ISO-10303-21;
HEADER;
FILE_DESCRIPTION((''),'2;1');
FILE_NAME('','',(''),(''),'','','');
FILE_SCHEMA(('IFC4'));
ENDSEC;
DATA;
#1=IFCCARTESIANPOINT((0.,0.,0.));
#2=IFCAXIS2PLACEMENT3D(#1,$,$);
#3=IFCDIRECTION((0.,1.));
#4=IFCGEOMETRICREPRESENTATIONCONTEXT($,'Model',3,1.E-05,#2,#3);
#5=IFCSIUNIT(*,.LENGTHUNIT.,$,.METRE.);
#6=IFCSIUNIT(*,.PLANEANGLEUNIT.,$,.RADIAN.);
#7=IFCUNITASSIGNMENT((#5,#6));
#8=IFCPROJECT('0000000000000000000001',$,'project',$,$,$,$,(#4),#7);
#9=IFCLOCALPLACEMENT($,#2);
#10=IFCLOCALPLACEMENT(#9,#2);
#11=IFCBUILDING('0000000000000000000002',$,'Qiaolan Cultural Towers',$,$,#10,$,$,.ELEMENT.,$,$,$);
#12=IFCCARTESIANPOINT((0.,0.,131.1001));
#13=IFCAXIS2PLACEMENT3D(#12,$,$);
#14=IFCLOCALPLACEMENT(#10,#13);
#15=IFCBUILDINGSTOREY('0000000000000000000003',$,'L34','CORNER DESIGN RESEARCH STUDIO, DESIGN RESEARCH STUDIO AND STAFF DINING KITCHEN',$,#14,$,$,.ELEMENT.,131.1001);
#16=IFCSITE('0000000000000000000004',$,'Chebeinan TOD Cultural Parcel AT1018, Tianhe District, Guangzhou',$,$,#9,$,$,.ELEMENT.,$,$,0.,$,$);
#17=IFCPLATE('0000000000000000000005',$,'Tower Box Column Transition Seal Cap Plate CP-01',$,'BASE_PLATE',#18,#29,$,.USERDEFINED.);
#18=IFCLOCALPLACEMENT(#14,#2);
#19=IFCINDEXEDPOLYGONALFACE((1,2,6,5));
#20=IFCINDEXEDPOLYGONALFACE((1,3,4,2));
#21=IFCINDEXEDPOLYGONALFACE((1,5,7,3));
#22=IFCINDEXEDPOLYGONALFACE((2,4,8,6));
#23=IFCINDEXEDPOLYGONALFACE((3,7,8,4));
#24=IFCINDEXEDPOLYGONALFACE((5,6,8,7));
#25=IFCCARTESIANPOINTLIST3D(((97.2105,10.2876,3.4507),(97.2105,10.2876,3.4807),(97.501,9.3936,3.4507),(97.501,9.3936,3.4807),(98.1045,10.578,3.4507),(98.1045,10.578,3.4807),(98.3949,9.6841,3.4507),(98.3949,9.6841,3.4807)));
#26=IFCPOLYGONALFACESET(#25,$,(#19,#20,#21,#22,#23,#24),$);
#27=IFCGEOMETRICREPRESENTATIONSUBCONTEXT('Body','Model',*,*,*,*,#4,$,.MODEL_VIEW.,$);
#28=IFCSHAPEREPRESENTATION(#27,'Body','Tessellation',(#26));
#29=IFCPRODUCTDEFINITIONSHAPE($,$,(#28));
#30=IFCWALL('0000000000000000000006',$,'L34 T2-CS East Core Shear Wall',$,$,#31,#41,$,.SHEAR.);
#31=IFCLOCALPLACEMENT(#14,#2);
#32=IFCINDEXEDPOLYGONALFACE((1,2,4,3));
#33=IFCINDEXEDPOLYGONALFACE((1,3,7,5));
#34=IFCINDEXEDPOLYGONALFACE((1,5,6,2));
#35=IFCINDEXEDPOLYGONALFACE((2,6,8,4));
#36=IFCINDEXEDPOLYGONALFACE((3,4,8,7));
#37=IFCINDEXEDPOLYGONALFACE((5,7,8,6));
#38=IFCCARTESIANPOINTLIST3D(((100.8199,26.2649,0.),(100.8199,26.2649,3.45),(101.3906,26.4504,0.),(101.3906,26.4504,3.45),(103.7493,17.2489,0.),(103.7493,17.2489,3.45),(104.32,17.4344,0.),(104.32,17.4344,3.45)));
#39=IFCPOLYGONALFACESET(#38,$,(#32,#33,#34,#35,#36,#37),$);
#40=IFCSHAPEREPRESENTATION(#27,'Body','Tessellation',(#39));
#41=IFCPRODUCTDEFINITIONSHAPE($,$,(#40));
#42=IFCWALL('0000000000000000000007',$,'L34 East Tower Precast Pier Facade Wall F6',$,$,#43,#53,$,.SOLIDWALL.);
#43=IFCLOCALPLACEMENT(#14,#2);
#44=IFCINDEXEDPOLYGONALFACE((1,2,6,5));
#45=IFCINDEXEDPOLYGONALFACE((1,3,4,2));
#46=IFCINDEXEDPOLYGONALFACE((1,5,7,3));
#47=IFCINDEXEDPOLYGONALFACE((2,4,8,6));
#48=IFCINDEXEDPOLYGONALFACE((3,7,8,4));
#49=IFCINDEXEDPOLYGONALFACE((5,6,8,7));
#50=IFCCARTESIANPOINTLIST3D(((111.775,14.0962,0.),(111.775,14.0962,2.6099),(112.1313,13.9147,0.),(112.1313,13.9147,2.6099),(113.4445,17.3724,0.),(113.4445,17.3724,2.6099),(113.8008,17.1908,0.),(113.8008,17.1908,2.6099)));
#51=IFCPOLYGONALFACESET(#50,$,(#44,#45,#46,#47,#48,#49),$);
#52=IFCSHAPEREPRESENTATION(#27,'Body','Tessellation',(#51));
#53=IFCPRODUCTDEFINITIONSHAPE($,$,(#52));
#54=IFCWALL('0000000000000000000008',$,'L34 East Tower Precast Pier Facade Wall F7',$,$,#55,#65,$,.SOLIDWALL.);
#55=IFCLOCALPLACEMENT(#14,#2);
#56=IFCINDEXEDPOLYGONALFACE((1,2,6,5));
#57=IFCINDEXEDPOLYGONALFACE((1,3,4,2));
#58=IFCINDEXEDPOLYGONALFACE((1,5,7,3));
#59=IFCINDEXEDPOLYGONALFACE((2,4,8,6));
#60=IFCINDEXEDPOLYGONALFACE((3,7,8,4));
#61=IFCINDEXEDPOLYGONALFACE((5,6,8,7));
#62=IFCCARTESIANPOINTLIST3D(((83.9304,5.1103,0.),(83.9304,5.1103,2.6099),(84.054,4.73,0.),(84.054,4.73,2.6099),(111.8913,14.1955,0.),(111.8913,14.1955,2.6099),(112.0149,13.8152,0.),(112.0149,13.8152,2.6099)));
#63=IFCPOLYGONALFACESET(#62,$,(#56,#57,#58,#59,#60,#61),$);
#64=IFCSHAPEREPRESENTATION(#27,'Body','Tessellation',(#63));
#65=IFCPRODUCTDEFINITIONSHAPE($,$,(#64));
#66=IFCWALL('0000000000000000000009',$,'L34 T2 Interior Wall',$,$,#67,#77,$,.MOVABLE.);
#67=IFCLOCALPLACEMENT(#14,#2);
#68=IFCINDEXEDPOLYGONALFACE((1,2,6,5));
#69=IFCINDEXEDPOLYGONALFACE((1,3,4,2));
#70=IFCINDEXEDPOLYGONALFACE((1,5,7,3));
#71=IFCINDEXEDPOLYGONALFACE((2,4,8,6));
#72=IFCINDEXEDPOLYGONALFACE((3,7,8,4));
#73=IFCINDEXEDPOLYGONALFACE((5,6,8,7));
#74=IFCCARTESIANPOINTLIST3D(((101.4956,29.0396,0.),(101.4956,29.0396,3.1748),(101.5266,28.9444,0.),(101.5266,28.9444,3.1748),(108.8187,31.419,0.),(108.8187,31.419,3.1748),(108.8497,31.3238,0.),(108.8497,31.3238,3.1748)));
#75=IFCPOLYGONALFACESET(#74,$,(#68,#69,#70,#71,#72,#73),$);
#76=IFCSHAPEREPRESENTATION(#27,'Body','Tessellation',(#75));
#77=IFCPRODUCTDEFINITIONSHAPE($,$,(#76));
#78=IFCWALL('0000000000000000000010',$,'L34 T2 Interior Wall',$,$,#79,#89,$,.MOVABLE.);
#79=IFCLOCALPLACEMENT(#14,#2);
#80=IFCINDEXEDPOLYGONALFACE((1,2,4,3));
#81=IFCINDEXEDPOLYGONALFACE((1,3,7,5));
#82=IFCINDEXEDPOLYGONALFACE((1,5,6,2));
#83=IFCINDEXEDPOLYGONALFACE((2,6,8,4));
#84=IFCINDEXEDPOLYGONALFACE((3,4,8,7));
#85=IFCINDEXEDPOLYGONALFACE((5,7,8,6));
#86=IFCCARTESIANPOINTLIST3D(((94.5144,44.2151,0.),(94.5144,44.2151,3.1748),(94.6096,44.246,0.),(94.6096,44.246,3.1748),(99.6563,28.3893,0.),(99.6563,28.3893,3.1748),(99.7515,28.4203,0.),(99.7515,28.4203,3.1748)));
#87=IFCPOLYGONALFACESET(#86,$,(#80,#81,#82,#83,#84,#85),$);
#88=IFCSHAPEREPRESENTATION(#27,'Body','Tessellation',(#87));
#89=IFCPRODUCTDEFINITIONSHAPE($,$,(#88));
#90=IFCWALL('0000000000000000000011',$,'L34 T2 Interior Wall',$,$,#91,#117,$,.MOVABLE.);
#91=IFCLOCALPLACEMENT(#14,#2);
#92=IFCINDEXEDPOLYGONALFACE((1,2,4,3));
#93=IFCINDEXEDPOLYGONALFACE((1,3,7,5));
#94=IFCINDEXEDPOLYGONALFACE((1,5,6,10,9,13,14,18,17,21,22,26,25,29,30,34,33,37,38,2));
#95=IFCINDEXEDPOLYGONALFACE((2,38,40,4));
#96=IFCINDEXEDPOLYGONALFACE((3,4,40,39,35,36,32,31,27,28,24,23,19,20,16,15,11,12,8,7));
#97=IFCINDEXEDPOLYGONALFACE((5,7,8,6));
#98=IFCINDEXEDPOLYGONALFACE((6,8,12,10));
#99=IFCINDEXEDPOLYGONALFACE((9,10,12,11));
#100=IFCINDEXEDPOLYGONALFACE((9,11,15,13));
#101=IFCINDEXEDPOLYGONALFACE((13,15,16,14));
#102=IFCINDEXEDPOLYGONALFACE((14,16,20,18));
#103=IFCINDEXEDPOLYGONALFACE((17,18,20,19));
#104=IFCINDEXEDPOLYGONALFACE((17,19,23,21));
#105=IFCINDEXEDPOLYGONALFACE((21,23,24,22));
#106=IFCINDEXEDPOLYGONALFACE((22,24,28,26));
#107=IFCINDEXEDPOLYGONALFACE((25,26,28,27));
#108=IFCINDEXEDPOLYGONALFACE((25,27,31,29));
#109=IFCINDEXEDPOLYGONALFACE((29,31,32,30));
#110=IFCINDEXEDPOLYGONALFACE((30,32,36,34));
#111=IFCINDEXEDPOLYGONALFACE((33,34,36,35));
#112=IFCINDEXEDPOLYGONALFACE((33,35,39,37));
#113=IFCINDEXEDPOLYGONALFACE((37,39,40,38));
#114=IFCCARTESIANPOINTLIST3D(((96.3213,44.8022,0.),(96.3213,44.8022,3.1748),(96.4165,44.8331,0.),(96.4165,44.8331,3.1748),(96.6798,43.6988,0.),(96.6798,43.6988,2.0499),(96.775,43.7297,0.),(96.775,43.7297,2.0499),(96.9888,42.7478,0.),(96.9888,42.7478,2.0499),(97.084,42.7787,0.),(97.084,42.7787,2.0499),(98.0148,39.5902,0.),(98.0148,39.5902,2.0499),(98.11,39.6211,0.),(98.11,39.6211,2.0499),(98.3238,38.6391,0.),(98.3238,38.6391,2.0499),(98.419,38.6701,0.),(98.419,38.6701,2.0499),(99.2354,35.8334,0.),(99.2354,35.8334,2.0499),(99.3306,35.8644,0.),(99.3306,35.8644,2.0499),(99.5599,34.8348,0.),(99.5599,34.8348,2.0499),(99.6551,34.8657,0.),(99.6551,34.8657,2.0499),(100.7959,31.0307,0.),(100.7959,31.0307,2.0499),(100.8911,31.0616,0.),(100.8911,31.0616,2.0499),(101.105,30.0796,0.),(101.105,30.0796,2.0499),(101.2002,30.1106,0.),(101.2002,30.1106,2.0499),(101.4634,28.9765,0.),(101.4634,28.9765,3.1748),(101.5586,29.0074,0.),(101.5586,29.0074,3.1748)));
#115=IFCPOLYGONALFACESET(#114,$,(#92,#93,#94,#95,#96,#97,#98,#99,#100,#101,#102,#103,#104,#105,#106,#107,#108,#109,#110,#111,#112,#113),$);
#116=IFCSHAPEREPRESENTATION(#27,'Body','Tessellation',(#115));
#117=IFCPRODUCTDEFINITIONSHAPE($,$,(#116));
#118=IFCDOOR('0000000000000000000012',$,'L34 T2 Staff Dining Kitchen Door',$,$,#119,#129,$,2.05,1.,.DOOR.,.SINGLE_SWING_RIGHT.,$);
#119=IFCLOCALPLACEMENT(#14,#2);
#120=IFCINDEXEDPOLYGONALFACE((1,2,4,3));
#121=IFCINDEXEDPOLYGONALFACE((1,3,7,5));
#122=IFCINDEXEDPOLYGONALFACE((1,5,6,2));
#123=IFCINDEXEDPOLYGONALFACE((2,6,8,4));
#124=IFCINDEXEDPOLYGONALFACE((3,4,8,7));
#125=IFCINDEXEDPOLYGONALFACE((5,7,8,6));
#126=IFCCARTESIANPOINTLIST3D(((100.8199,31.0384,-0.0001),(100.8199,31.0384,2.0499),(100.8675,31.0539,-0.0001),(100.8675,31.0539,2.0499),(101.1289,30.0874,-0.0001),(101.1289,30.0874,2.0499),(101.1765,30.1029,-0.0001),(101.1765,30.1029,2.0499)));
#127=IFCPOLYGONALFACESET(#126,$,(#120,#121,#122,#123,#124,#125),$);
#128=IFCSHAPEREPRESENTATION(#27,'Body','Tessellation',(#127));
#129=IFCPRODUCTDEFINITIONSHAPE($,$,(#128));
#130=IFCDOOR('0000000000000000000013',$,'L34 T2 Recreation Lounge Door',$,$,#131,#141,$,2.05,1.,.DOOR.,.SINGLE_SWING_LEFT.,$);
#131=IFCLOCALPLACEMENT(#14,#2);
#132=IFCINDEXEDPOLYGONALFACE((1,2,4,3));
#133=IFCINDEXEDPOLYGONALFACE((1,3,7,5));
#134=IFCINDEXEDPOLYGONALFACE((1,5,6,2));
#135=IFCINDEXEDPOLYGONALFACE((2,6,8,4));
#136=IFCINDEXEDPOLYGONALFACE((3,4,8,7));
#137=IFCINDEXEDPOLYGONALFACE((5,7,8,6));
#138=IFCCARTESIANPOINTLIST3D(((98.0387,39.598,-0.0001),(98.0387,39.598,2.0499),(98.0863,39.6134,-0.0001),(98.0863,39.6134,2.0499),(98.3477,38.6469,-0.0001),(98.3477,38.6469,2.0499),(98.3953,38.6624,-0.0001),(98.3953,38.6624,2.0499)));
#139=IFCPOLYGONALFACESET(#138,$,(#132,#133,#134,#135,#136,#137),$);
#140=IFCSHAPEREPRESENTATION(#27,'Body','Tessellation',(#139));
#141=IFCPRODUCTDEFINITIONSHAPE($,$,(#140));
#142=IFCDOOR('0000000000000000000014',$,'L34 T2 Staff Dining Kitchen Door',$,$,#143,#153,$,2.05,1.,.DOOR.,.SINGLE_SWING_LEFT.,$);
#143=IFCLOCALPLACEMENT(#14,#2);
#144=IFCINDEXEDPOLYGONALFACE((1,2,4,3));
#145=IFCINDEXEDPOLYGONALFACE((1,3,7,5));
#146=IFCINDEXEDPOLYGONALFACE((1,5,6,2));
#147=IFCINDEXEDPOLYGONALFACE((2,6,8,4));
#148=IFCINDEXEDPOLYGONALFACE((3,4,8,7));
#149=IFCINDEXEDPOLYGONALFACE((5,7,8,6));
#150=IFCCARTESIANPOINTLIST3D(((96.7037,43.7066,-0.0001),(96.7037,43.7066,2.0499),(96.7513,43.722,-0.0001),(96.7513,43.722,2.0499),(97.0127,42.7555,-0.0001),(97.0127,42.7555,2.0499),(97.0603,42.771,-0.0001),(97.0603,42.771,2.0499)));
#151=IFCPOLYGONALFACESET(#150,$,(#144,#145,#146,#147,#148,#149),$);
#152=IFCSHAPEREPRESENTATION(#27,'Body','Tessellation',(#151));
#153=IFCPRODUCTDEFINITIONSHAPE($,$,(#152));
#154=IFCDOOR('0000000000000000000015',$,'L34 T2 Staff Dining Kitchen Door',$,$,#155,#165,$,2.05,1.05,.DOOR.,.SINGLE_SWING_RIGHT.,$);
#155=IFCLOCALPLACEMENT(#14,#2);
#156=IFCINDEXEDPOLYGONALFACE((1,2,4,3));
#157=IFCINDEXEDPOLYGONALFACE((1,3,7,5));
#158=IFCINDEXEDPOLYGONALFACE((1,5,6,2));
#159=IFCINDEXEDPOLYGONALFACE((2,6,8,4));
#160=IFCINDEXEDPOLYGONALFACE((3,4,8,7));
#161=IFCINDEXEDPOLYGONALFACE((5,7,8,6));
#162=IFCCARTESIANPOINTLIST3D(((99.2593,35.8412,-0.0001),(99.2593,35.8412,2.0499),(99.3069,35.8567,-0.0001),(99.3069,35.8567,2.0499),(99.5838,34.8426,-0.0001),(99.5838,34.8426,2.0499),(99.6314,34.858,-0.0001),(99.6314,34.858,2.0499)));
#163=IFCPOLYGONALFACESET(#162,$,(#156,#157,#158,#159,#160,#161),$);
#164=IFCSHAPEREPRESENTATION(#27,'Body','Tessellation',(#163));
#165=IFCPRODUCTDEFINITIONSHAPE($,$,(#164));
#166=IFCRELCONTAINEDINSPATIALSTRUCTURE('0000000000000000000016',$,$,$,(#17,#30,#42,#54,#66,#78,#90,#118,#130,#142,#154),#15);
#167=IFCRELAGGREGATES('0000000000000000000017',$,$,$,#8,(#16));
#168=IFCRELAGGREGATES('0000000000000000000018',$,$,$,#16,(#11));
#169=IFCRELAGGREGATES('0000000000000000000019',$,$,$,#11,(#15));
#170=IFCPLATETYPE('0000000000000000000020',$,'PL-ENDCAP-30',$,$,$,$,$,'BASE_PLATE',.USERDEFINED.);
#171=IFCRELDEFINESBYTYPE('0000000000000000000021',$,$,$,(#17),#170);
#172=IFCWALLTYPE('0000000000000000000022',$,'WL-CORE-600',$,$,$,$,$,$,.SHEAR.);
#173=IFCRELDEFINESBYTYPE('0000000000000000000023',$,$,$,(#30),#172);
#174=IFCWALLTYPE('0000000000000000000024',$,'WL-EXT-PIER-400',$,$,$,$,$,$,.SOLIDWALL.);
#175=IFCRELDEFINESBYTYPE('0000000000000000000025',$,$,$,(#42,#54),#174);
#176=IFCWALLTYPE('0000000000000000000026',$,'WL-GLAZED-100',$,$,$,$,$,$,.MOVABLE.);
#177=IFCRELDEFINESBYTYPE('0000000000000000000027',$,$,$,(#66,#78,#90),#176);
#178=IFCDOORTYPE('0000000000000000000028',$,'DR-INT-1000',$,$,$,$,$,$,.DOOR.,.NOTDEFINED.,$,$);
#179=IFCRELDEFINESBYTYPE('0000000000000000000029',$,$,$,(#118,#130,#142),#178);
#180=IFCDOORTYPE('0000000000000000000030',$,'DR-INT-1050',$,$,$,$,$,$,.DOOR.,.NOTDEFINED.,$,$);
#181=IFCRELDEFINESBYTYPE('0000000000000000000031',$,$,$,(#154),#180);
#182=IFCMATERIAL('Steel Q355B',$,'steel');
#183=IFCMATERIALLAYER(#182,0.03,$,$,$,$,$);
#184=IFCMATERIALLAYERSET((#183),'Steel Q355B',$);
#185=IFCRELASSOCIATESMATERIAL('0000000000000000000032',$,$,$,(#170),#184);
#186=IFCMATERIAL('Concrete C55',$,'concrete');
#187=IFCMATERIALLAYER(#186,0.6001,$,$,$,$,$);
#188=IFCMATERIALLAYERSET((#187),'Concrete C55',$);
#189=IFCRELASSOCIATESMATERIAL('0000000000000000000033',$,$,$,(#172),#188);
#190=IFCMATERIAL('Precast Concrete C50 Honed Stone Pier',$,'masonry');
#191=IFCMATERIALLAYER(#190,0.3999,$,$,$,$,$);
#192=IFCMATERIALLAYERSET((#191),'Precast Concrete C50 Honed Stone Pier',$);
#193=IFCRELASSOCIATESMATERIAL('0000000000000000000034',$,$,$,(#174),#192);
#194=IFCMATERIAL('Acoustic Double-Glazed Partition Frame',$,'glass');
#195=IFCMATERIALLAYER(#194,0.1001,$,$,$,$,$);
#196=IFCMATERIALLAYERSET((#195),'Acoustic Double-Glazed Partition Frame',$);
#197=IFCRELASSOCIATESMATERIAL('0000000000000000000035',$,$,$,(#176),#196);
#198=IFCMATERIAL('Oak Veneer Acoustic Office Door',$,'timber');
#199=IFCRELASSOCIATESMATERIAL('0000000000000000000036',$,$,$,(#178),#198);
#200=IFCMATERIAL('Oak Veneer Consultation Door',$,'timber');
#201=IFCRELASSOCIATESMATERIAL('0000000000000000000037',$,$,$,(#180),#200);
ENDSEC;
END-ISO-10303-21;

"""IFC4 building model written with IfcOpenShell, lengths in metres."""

from ifc_helpers import new_model, si_unit, direction, frame, frame_2d, origin, origin_2d, place, context, subcontext, project, spatial, rectangle, extrude, material, layer, layer_set, type_object, element, fill, save


model = new_model("IFC4")

# Units and contexts
model_context = context("Model", 3, precision=1e-05, world=origin(), true_north=direction((0.0, 1.0)))
body_context = subcontext(model_context, "Body", "Model", "MODEL_VIEW")
ifc_project = project(units=[si_unit("LENGTHUNIT", "METRE"), si_unit("PLANEANGLEUNIT", "RADIAN")], contexts=[model_context])

# Site, building, storey
site_placement = place(None, origin())
site = spatial("IfcSite", under=ifc_project, at=site_placement, Name="Chebeinan TOD Cultural Parcel AT1018, Tianhe District, Guangzhou", CompositionType="ELEMENT", RefElevation=0.0)
building_placement = place(site_placement, origin())
building = spatial("IfcBuilding", under=site, at=building_placement, Name="Qiaolan Cultural Towers", CompositionType="ELEMENT")
storey_placement = place(building_placement, frame((0.0, 0.0, 131.1001)))
storey = spatial("IfcBuildingStorey", under=building, at=storey_placement, Name="L34", Description="CORNER DESIGN RESEARCH STUDIO, DESIGN RESEARCH STUDIO AND STAFF DINING KITCHEN", CompositionType="ELEMENT", Elevation=131.1001)

# Plate
ifc_material_1 = material(Name="Steel Q355B", Category="steel")
ifc_layer_1 = layer(ifc_material_1, 0.03)
ifc_layer_set_1 = layer_set([ifc_layer_1], Name="Steel Q355B")
plate_type_1 = type_object("IfcPlateType", Name="PL-ENDCAP-30", ElementType="BASE_PLATE", PredefinedType="USERDEFINED", material=ifc_layer_set_1)
plate_1_placement = place(storey_placement, frame((97.8027, 9.9858, 3.4507), z_axis=(0.0, 0.0, 1.0), x_axis=(0.951057, 0.309017, 0.0)))
element("IfcPlate", 1, at=plate_1_placement, inside=storey, type_object=plate_type_1, Name="Tower Box Column Transition Seal Cap Plate CP-01", ObjectType="BASE_PLATE", PredefinedType="USERDEFINED", context=body_context, shape_type="SweptSolid", body=[
    extrude(rectangle(XDim=0.9399, YDim=0.9399, at=origin_2d()), origin(), (0.0, 0.0, 1.0), 0.03),
])

# Walls
ifc_material_2 = material(Name="Concrete C55", Category="concrete")
ifc_layer_2 = layer(ifc_material_2, 0.6001)
ifc_layer_set_2 = layer_set([ifc_layer_2], Name="Concrete C55")
wall_type_1 = type_object("IfcWallType", Name="WL-CORE-600", PredefinedType="SHEAR", material=ifc_layer_set_2)
wall_1_placement = place(storey_placement, frame((101.1052, 26.3577, 0.0), z_axis=(0.0, 0.0, 1.0), x_axis=(0.30901, -0.951059, 0.0)))
element("IfcWall", 2, at=wall_1_placement, inside=storey, type_object=wall_type_1, Name="L34 T2-CS East Core Shear Wall", PredefinedType="SHEAR", context=body_context, shape_type="SweptSolid", body=[
    extrude(rectangle(XDim=9.48, YDim=0.6001, at=frame_2d((4.74, 0.0))), origin(), (0.0, 0.0, 1.0), 3.45),
])
ifc_material_3 = material(Name="Precast Concrete C50 Honed Stone Pier", Category="masonry")
ifc_layer_3 = layer(ifc_material_3, 0.3999)
ifc_layer_set_3 = layer_set([ifc_layer_3], Name="Precast Concrete C50 Honed Stone Pier")
wall_type_2 = type_object("IfcWallType", Name="WL-EXT-PIER-400", PredefinedType="SOLIDWALL", material=ifc_layer_set_3)
wall_2_placement = place(storey_placement, frame((113.6226, 17.2815, 0.0), z_axis=(0.0, 0.0, 1.0), x_axis=(-0.454026, -0.890988, 0.0)))
element("IfcWall", 3, at=wall_2_placement, inside=storey, type_object=wall_type_2, Name="L34 East Tower Precast Pier Facade Wall F6", PredefinedType="SOLIDWALL", context=body_context, shape_type="SweptSolid", body=[
    extrude(rectangle(XDim=3.677, YDim=0.3999, at=frame_2d((1.8384, 0.0))), origin(), (0.0, 0.0, 1.0), 2.6099),
])
wall_3_placement = place(storey_placement, frame((111.9531, 14.0054, 0.0), z_axis=(0.0, 0.0, 1.0), x_axis=(-0.951055, -0.309021, 0.0)))
element("IfcWall", 4, at=wall_3_placement, inside=storey, type_object=wall_type_2, Name="L34 East Tower Precast Pier Facade Wall F7", PredefinedType="SOLIDWALL", context=body_context, shape_type="SweptSolid", body=[
    extrude(rectangle(XDim=29.3999, YDim=0.3999, at=frame_2d((14.7, 0.0))), origin(), (0.0, 0.0, 1.0), 2.6099),
])
ifc_material_4 = material(Name="Acoustic Double-Glazed Partition Frame", Category="glass")
ifc_layer_4 = layer(ifc_material_4, 0.1001)
ifc_layer_set_4 = layer_set([ifc_layer_4], Name="Acoustic Double-Glazed Partition Frame")
wall_type_3 = type_object("IfcWallType", Name="WL-GLAZED-100", PredefinedType="MOVABLE", material=ifc_layer_set_4)
wall_4_placement = place(storey_placement, frame((101.511, 28.9919, 0.0), z_axis=(0.0, 0.0, 1.0), x_axis=(0.951056, 0.309018, 0.0)))
element("IfcWall", 5, at=wall_4_placement, inside=storey, type_object=wall_type_3, Name="L34 T2 Interior Wall", PredefinedType="MOVABLE", context=body_context, shape_type="SweptSolid", body=[
    extrude(rectangle(XDim=7.7, YDim=0.1001, at=frame_2d((3.8501, 0.0))), origin(), (0.0, 0.0, 1.0), 3.1748),
])
wall_5_placement = place(storey_placement, frame((99.7039, 28.4048, 0.0), z_axis=(0.0, 0.0, 1.0), x_axis=(-0.309004, 0.951061, 0.0)))
element("IfcWall", 6, at=wall_5_placement, inside=storey, type_object=wall_type_3, Name="L34 T2 Interior Wall", PredefinedType="MOVABLE", context=body_context, shape_type="SweptSolid", body=[
    extrude(rectangle(XDim=16.6401, YDim=0.1001, at=frame_2d((8.3201, 0.0))), origin(), (0.0, 0.0, 1.0), 3.1748),
])

# Wall, openings, doors
wall_6_placement = place(storey_placement, frame((101.511, 28.9919, 0.0), z_axis=(0.0, 0.0, 1.0), x_axis=(-0.309018, 0.951056, 0.0)))
wall_6 = element("IfcWall", 7, at=wall_6_placement, inside=storey, type_object=wall_type_3, Name="L34 T2 Interior Wall", PredefinedType="MOVABLE", context=body_context, shape_type="SweptSolid", body=[
    extrude(rectangle(XDim=16.6401, YDim=0.1001, at=frame_2d((8.3201, 0.0))), origin(), (0.0, 0.0, 1.0), 3.1748),
])
opening_1_placement = place(wall_6_placement, frame((1.1599, 0.0, 0.0)))
opening_1 = element("IfcOpeningElement", 8, at=opening_1_placement, cuts=wall_6, PredefinedType="OPENING", context=body_context, shape_type="SweptSolid", body=[
    extrude(rectangle(XDim=1.0, YDim=2.05, at=frame_2d((0.5, 1.0249))), frame((0.0, 0.0601, 0.0), z_axis=(0.0, -1.0, 0.0), x_axis=(1.0, 0.0, 0.0)), (0.0, 0.0, 1.0), 0.1201),
])
opening_2_placement = place(wall_6_placement, frame((6.1599, 0.0, 0.0)))
opening_2 = element("IfcOpeningElement", 9, at=opening_2_placement, cuts=wall_6, PredefinedType="OPENING", context=body_context, shape_type="SweptSolid", body=[
    extrude(rectangle(XDim=1.05, YDim=2.05, at=frame_2d((0.5249, 1.0249))), frame((0.0, 0.0601, 0.0), z_axis=(0.0, -1.0, 0.0), x_axis=(1.0, 0.0, 0.0)), (0.0, 0.0, 1.0), 0.1201),
])
opening_3_placement = place(wall_6_placement, frame((10.1599, 0.0, 0.0)))
opening_3 = element("IfcOpeningElement", 10, at=opening_3_placement, cuts=wall_6, PredefinedType="OPENING", context=body_context, shape_type="SweptSolid", body=[
    extrude(rectangle(XDim=1.0, YDim=2.05, at=frame_2d((0.5, 1.0249))), frame((0.0, 0.0601, 0.0), z_axis=(0.0, -1.0, 0.0), x_axis=(1.0, 0.0, 0.0)), (0.0, 0.0, 1.0), 0.1201),
])
opening_4_placement = place(wall_6_placement, frame((14.48, 0.0, 0.0)))
opening_4 = element("IfcOpeningElement", 11, at=opening_4_placement, cuts=wall_6, PredefinedType="OPENING", context=body_context, shape_type="SweptSolid", body=[
    extrude(rectangle(XDim=1.0, YDim=2.05, at=frame_2d((0.5, 1.0249))), frame((0.0, 0.0601, 0.0), z_axis=(0.0, -1.0, 0.0), x_axis=(1.0, 0.0, 0.0)), (0.0, 0.0, 1.0), 0.1201),
])
ifc_material_5 = material(Name="Oak Veneer Acoustic Office Door", Category="timber")
door_type_1 = type_object("IfcDoorType", Name="DR-INT-1000", OperationType="NOTDEFINED", PredefinedType="DOOR", material=ifc_material_5)
door_1_placement = place(opening_1_placement, origin())
door_1 = element("IfcDoor", 12, at=door_1_placement, inside=storey, type_object=door_type_1, Name="L34 T2 Staff Dining Kitchen Door", OperationType="SINGLE_SWING_RIGHT", OverallHeight=2.05, OverallWidth=1.0, PredefinedType="DOOR", context=body_context, shape_type="SweptSolid", body=[
    extrude(rectangle(XDim=1.0, YDim=2.05, at=frame_2d((0.5, 1.0249))), frame((0.0, 0.0249, 0.0), z_axis=(0.0, -1.0, 0.0), x_axis=(1.0, 0.0, 0.0)), (0.0, 0.0, 1.0), 0.05),
])
fill(opening_1, door_1)
door_2_placement = place(opening_3_placement, origin())
door_2 = element("IfcDoor", 13, at=door_2_placement, inside=storey, type_object=door_type_1, Name="L34 T2 Recreation Lounge Door", OperationType="SINGLE_SWING_LEFT", OverallHeight=2.05, OverallWidth=1.0, PredefinedType="DOOR", context=body_context, shape_type="SweptSolid", body=[
    extrude(rectangle(XDim=1.0, YDim=2.05, at=frame_2d((0.5, 1.0249))), frame((0.0, 0.0249, 0.0), z_axis=(0.0, -1.0, 0.0), x_axis=(1.0, 0.0, 0.0)), (0.0, 0.0, 1.0), 0.05),
])
fill(opening_3, door_2)
door_3_placement = place(opening_4_placement, origin())
door_3 = element("IfcDoor", 14, at=door_3_placement, inside=storey, type_object=door_type_1, Name="L34 T2 Staff Dining Kitchen Door", OperationType="SINGLE_SWING_LEFT", OverallHeight=2.05, OverallWidth=1.0, PredefinedType="DOOR", context=body_context, shape_type="SweptSolid", body=[
    extrude(rectangle(XDim=1.0, YDim=2.05, at=frame_2d((0.5, 1.0249))), frame((0.0, 0.0249, 0.0), z_axis=(0.0, -1.0, 0.0), x_axis=(1.0, 0.0, 0.0)), (0.0, 0.0, 1.0), 0.05),
])
fill(opening_4, door_3)
ifc_material_6 = material(Name="Oak Veneer Consultation Door", Category="timber")
door_type_2 = type_object("IfcDoorType", Name="DR-INT-1050", OperationType="NOTDEFINED", PredefinedType="DOOR", material=ifc_material_6)
door_4_placement = place(opening_2_placement, origin())
door_4 = element("IfcDoor", 15, at=door_4_placement, inside=storey, type_object=door_type_2, Name="L34 T2 Staff Dining Kitchen Door", OperationType="SINGLE_SWING_RIGHT", OverallHeight=2.05, OverallWidth=1.05, PredefinedType="DOOR", context=body_context, shape_type="SweptSolid", body=[
    extrude(rectangle(XDim=1.05, YDim=2.05, at=frame_2d((0.5249, 1.0249))), frame((0.0, 0.0249, 0.0), z_axis=(0.0, -1.0, 0.0), x_axis=(1.0, 0.0, 0.0)), (0.0, 0.0, 1.0), 0.05),
])
fill(opening_2, door_4)

save(model, "model.ifc")
